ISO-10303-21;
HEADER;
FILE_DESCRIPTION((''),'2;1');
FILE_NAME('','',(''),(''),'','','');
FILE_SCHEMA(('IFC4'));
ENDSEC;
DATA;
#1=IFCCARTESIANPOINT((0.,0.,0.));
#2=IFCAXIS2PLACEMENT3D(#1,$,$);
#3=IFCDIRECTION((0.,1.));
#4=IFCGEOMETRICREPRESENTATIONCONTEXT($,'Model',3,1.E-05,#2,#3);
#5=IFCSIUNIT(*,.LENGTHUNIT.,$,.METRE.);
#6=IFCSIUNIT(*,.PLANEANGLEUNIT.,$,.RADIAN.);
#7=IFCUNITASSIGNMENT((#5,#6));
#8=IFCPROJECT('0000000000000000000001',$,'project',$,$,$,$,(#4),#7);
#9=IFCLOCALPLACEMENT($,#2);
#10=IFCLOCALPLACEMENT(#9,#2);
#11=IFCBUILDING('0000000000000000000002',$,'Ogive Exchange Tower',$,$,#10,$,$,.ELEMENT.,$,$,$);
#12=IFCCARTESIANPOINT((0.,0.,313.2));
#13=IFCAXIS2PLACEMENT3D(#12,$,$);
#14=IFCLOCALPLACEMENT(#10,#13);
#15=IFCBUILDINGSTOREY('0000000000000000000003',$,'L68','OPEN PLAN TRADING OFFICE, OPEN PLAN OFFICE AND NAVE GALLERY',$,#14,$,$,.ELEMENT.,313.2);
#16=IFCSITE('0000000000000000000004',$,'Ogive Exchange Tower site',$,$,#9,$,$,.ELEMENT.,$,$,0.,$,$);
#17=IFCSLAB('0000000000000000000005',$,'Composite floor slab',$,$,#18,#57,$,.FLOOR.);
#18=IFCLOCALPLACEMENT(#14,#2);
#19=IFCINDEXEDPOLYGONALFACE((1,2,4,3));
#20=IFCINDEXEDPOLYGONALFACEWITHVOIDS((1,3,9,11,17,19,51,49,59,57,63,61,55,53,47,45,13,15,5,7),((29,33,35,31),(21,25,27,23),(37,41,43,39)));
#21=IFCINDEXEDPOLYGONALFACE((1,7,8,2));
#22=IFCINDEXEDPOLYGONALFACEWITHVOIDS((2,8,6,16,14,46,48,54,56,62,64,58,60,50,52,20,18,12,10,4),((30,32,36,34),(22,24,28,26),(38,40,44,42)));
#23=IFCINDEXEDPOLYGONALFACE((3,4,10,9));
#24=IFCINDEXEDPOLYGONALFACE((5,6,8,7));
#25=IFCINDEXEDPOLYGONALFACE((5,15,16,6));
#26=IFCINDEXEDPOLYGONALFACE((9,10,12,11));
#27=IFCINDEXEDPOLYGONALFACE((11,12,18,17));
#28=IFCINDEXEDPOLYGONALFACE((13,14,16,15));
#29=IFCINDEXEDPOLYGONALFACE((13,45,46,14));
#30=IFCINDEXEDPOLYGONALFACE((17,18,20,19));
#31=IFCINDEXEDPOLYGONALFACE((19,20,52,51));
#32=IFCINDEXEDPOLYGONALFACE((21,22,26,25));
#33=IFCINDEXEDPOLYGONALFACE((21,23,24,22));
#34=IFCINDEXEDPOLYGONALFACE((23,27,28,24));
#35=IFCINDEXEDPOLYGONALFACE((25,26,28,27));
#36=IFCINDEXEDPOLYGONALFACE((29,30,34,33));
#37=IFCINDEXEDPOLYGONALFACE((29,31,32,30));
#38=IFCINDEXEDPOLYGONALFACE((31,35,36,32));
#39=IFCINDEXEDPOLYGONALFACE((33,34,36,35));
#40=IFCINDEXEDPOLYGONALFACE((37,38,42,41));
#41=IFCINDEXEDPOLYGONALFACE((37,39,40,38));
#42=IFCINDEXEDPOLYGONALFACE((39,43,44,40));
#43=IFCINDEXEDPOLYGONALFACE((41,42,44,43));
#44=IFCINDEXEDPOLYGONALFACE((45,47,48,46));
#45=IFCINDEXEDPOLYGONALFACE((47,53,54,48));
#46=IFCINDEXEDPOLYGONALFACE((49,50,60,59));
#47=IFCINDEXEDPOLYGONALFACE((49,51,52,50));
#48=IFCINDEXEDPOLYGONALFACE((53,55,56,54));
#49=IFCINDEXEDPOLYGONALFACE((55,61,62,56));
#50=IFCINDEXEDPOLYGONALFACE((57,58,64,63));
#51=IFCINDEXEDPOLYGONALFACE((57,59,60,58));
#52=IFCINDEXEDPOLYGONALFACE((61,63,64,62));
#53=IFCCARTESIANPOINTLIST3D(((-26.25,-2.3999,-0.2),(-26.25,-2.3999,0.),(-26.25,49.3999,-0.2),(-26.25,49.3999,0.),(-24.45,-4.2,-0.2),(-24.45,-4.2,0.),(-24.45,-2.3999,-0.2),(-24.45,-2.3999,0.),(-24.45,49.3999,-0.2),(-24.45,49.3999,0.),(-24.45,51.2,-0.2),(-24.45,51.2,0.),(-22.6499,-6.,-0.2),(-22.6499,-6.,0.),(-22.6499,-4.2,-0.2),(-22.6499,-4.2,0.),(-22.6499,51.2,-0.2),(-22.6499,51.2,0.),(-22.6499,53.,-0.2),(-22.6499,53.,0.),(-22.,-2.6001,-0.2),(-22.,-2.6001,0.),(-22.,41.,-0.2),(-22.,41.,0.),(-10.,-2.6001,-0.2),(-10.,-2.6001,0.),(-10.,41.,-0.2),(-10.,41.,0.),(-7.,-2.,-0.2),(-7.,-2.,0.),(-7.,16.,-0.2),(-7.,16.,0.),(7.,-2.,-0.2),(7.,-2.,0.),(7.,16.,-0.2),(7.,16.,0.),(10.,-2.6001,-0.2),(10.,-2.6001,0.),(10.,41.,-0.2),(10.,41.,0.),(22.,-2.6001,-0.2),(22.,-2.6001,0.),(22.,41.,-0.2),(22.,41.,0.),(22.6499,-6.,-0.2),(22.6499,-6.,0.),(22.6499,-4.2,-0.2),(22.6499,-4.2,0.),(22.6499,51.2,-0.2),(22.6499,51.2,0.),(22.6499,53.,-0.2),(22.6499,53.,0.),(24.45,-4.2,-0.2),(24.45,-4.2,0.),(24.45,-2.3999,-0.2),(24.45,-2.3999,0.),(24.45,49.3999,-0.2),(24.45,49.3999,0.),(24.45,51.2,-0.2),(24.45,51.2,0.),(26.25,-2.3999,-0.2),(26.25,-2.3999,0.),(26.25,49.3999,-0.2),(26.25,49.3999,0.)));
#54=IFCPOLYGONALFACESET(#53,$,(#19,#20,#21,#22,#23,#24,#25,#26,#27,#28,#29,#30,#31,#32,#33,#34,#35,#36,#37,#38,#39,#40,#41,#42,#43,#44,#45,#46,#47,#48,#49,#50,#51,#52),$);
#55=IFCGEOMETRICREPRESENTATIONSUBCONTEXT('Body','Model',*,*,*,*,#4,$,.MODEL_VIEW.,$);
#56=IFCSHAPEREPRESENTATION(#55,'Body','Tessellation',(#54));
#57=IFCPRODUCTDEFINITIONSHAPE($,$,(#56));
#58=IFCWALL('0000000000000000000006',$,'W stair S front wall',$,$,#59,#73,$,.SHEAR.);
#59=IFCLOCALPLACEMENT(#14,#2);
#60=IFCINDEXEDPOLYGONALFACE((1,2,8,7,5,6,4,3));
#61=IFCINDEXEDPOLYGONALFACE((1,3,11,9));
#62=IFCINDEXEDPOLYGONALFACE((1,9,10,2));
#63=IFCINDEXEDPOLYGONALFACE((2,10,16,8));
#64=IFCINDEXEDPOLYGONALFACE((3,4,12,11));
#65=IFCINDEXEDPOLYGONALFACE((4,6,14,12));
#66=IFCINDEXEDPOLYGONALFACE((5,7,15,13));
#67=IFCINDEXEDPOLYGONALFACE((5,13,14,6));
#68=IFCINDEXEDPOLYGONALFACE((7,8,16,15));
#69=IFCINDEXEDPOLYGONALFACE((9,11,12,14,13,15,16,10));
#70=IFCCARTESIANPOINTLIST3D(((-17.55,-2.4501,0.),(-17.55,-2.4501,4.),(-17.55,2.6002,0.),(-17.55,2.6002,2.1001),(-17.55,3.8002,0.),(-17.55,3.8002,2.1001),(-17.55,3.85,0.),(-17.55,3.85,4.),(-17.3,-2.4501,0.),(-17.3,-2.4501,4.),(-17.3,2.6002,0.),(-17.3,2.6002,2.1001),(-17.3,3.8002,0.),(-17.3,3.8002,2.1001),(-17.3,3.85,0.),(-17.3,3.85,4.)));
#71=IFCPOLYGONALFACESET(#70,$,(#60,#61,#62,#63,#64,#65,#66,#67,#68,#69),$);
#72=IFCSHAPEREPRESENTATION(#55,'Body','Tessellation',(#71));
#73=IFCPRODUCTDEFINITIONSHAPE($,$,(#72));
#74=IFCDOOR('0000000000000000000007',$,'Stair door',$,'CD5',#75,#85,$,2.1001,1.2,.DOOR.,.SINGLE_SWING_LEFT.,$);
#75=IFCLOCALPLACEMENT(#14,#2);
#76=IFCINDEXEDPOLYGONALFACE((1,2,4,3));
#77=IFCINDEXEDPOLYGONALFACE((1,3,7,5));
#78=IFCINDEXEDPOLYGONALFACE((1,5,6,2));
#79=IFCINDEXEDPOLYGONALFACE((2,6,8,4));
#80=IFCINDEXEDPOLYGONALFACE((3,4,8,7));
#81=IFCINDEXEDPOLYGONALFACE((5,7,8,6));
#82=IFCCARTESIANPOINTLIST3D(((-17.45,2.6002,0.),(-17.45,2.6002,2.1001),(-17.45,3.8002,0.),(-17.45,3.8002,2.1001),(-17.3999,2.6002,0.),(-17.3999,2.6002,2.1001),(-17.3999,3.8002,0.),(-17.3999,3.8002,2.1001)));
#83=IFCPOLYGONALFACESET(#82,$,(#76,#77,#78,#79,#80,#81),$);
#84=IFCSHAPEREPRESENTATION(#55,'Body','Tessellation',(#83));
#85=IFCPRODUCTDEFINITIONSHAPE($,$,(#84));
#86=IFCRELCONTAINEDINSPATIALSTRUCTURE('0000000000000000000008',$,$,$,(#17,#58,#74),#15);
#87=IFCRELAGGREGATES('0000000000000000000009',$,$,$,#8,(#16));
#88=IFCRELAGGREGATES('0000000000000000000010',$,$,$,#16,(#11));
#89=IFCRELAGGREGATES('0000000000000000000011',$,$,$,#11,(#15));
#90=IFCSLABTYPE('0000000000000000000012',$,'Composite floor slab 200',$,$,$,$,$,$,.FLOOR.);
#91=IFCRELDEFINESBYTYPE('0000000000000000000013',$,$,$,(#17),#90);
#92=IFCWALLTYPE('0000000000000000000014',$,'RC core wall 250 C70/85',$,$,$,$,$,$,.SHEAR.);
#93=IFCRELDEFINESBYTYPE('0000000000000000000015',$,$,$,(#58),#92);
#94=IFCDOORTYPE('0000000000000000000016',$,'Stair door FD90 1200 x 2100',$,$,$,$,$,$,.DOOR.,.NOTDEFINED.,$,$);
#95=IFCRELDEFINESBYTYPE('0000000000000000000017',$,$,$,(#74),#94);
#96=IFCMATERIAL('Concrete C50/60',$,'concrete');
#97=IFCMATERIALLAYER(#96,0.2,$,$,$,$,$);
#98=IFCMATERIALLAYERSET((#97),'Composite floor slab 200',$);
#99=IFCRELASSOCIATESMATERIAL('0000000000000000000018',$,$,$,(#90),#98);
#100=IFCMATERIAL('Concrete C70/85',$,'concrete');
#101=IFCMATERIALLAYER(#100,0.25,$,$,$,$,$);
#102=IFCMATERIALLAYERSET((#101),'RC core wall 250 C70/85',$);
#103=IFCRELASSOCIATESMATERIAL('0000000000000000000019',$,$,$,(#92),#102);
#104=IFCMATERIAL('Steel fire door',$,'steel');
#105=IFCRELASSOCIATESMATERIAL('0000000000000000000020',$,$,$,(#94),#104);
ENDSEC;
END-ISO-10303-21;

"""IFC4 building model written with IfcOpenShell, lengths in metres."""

from ifc_helpers import new_model, si_unit, direction, frame, frame_2d, origin, place, context, subcontext, project, spatial, polyline, rectangle, outline, extrude, material, layer, layer_set, type_object, element, fill, save


model = new_model("IFC4")

# Units and contexts
model_context = context("Model", 3, precision=1e-05, world=origin(), true_north=direction((0.0, 1.0)))
body_context = subcontext(model_context, "Body", "Model", "MODEL_VIEW")
ifc_project = project(units=[si_unit("LENGTHUNIT", "METRE"), si_unit("PLANEANGLEUNIT", "RADIAN")], contexts=[model_context])

# Site, building, storey
site_placement = place(None, origin())
site = spatial("IfcSite", under=ifc_project, at=site_placement, Name="Ogive Exchange Tower site", CompositionType="ELEMENT", RefElevation=0.0)
building_placement = place(site_placement, origin())
building = spatial("IfcBuilding", under=site, at=building_placement, Name="Ogive Exchange Tower", CompositionType="ELEMENT")
storey_placement = place(building_placement, frame((0.0, 0.0, 313.2)))
storey = spatial("IfcBuildingStorey", under=building, at=storey_placement, Name="L68", Description="OPEN PLAN TRADING OFFICE, OPEN PLAN OFFICE AND NAVE GALLERY", CompositionType="ELEMENT", Elevation=313.2)

# Slab
ifc_material_1 = material(Name="Concrete C50/60", Category="concrete")
ifc_layer_1 = layer(ifc_material_1, 0.2)
ifc_layer_set_1 = layer_set([ifc_layer_1], Name="Composite floor slab 200")
slab_type = type_object("IfcSlabType", Name="Composite floor slab 200", PredefinedType="FLOOR", material=ifc_layer_set_1)
slab_placement = place(storey_placement, frame((0.0, 0.0, -0.2)))
element("IfcSlab", 1, at=slab_placement, inside=storey, type_object=slab_type, Name="Composite floor slab", PredefinedType="FLOOR", context=body_context, shape_type="SweptSolid", body=[
    extrude(outline(polyline([(-22.6499, -4.2), (-24.45, -4.2), (-24.45, -2.3999), (-26.25, -2.3999), (-26.25, 49.3999), (-24.45, 49.3999), (-24.45, 51.2), (-22.6499, 51.2), (-22.6499, 53.0), (22.6499, 53.0), (22.6499, 51.2), (24.45, 51.2), (24.45, 49.3999), (26.25, 49.3999), (26.25, -2.3999), (24.45, -2.3999), (24.45, -4.2), (22.6499, -4.2), (22.6499, -6.0), (-22.6499, -6.0), (-22.6499, -4.2)]), holes=[polyline([(7.0, -2.0), (7.0, 16.0), (-7.0, 16.0), (-7.0, -2.0), (7.0, -2.0)]), polyline([(-22.0, -2.6001), (-10.0, -2.6001), (-10.0, 41.0), (-22.0, 41.0), (-22.0, -2.6001)]), polyline([(10.0, -2.6001), (22.0, -2.6001), (22.0, 41.0), (10.0, 41.0), (10.0, -2.6001)])]), origin(), (0.0, 0.0, 1.0), 0.2),
])

# Wall, opening, door
ifc_material_2 = material(Name="Concrete C70/85", Category="concrete")
ifc_layer_2 = layer(ifc_material_2, 0.25)
ifc_layer_set_2 = layer_set([ifc_layer_2], Name="RC core wall 250 C70/85")
wall_type_1 = type_object("IfcWallType", Name="RC core wall 250 C70/85", PredefinedType="SHEAR", material=ifc_layer_set_2)
wall_1_placement = place(storey_placement, frame((-17.425, -2.45, 0.0), z_axis=(0.0, 0.0, 1.0), x_axis=(0.0, 1.0, 0.0)))
wall_1 = element("IfcWall", 2, at=wall_1_placement, inside=storey, type_object=wall_type_1, Name="W stair S front wall", PredefinedType="SHEAR", context=body_context, shape_type="SweptSolid", body=[
    extrude(rectangle(XDim=6.3, YDim=0.25, at=frame_2d((3.1499, 0.0))), origin(), (0.0, 0.0, 1.0), 4.0),
])
opening_1_placement = place(wall_1_placement, frame((5.05, 0.0, 0.0)))
opening_1 = element("IfcOpeningElement", 3, at=opening_1_placement, cuts=wall_1, PredefinedType="OPENING", context=body_context, shape_type="SweptSolid", body=[
    extrude(rectangle(XDim=1.2, YDim=2.1001, at=frame_2d((0.6001, 1.05))), frame((0.0, 0.135, 0.0), z_axis=(0.0, -1.0, 0.0), x_axis=(1.0, 0.0, 0.0)), (0.0, 0.0, 1.0), 0.27),
])
ifc_material_3 = material(Name="Steel fire door", Category="steel")
door_type_1 = type_object("IfcDoorType", Name="Stair door FD90 1200 x 2100", OperationType="NOTDEFINED", PredefinedType="DOOR", material=ifc_material_3)
door_1_placement = place(opening_1_placement, origin())
door_1 = element("IfcDoor", 4, at=door_1_placement, inside=storey, type_object=door_type_1, Name="Stair door", ObjectType="CD5", OperationType="SINGLE_SWING_LEFT", OverallHeight=2.1001, OverallWidth=1.2, PredefinedType="DOOR", context=body_context, shape_type="SweptSolid", body=[
    extrude(rectangle(XDim=1.2, YDim=2.1001, at=frame_2d((0.6001, 1.05))), frame((0.0, 0.0249, 0.0), z_axis=(0.0, -1.0, 0.0), x_axis=(1.0, 0.0, 0.0)), (0.0, 0.0, 1.0), 0.05),
])
fill(opening_1, door_1)

save(model, "model.ifc")
